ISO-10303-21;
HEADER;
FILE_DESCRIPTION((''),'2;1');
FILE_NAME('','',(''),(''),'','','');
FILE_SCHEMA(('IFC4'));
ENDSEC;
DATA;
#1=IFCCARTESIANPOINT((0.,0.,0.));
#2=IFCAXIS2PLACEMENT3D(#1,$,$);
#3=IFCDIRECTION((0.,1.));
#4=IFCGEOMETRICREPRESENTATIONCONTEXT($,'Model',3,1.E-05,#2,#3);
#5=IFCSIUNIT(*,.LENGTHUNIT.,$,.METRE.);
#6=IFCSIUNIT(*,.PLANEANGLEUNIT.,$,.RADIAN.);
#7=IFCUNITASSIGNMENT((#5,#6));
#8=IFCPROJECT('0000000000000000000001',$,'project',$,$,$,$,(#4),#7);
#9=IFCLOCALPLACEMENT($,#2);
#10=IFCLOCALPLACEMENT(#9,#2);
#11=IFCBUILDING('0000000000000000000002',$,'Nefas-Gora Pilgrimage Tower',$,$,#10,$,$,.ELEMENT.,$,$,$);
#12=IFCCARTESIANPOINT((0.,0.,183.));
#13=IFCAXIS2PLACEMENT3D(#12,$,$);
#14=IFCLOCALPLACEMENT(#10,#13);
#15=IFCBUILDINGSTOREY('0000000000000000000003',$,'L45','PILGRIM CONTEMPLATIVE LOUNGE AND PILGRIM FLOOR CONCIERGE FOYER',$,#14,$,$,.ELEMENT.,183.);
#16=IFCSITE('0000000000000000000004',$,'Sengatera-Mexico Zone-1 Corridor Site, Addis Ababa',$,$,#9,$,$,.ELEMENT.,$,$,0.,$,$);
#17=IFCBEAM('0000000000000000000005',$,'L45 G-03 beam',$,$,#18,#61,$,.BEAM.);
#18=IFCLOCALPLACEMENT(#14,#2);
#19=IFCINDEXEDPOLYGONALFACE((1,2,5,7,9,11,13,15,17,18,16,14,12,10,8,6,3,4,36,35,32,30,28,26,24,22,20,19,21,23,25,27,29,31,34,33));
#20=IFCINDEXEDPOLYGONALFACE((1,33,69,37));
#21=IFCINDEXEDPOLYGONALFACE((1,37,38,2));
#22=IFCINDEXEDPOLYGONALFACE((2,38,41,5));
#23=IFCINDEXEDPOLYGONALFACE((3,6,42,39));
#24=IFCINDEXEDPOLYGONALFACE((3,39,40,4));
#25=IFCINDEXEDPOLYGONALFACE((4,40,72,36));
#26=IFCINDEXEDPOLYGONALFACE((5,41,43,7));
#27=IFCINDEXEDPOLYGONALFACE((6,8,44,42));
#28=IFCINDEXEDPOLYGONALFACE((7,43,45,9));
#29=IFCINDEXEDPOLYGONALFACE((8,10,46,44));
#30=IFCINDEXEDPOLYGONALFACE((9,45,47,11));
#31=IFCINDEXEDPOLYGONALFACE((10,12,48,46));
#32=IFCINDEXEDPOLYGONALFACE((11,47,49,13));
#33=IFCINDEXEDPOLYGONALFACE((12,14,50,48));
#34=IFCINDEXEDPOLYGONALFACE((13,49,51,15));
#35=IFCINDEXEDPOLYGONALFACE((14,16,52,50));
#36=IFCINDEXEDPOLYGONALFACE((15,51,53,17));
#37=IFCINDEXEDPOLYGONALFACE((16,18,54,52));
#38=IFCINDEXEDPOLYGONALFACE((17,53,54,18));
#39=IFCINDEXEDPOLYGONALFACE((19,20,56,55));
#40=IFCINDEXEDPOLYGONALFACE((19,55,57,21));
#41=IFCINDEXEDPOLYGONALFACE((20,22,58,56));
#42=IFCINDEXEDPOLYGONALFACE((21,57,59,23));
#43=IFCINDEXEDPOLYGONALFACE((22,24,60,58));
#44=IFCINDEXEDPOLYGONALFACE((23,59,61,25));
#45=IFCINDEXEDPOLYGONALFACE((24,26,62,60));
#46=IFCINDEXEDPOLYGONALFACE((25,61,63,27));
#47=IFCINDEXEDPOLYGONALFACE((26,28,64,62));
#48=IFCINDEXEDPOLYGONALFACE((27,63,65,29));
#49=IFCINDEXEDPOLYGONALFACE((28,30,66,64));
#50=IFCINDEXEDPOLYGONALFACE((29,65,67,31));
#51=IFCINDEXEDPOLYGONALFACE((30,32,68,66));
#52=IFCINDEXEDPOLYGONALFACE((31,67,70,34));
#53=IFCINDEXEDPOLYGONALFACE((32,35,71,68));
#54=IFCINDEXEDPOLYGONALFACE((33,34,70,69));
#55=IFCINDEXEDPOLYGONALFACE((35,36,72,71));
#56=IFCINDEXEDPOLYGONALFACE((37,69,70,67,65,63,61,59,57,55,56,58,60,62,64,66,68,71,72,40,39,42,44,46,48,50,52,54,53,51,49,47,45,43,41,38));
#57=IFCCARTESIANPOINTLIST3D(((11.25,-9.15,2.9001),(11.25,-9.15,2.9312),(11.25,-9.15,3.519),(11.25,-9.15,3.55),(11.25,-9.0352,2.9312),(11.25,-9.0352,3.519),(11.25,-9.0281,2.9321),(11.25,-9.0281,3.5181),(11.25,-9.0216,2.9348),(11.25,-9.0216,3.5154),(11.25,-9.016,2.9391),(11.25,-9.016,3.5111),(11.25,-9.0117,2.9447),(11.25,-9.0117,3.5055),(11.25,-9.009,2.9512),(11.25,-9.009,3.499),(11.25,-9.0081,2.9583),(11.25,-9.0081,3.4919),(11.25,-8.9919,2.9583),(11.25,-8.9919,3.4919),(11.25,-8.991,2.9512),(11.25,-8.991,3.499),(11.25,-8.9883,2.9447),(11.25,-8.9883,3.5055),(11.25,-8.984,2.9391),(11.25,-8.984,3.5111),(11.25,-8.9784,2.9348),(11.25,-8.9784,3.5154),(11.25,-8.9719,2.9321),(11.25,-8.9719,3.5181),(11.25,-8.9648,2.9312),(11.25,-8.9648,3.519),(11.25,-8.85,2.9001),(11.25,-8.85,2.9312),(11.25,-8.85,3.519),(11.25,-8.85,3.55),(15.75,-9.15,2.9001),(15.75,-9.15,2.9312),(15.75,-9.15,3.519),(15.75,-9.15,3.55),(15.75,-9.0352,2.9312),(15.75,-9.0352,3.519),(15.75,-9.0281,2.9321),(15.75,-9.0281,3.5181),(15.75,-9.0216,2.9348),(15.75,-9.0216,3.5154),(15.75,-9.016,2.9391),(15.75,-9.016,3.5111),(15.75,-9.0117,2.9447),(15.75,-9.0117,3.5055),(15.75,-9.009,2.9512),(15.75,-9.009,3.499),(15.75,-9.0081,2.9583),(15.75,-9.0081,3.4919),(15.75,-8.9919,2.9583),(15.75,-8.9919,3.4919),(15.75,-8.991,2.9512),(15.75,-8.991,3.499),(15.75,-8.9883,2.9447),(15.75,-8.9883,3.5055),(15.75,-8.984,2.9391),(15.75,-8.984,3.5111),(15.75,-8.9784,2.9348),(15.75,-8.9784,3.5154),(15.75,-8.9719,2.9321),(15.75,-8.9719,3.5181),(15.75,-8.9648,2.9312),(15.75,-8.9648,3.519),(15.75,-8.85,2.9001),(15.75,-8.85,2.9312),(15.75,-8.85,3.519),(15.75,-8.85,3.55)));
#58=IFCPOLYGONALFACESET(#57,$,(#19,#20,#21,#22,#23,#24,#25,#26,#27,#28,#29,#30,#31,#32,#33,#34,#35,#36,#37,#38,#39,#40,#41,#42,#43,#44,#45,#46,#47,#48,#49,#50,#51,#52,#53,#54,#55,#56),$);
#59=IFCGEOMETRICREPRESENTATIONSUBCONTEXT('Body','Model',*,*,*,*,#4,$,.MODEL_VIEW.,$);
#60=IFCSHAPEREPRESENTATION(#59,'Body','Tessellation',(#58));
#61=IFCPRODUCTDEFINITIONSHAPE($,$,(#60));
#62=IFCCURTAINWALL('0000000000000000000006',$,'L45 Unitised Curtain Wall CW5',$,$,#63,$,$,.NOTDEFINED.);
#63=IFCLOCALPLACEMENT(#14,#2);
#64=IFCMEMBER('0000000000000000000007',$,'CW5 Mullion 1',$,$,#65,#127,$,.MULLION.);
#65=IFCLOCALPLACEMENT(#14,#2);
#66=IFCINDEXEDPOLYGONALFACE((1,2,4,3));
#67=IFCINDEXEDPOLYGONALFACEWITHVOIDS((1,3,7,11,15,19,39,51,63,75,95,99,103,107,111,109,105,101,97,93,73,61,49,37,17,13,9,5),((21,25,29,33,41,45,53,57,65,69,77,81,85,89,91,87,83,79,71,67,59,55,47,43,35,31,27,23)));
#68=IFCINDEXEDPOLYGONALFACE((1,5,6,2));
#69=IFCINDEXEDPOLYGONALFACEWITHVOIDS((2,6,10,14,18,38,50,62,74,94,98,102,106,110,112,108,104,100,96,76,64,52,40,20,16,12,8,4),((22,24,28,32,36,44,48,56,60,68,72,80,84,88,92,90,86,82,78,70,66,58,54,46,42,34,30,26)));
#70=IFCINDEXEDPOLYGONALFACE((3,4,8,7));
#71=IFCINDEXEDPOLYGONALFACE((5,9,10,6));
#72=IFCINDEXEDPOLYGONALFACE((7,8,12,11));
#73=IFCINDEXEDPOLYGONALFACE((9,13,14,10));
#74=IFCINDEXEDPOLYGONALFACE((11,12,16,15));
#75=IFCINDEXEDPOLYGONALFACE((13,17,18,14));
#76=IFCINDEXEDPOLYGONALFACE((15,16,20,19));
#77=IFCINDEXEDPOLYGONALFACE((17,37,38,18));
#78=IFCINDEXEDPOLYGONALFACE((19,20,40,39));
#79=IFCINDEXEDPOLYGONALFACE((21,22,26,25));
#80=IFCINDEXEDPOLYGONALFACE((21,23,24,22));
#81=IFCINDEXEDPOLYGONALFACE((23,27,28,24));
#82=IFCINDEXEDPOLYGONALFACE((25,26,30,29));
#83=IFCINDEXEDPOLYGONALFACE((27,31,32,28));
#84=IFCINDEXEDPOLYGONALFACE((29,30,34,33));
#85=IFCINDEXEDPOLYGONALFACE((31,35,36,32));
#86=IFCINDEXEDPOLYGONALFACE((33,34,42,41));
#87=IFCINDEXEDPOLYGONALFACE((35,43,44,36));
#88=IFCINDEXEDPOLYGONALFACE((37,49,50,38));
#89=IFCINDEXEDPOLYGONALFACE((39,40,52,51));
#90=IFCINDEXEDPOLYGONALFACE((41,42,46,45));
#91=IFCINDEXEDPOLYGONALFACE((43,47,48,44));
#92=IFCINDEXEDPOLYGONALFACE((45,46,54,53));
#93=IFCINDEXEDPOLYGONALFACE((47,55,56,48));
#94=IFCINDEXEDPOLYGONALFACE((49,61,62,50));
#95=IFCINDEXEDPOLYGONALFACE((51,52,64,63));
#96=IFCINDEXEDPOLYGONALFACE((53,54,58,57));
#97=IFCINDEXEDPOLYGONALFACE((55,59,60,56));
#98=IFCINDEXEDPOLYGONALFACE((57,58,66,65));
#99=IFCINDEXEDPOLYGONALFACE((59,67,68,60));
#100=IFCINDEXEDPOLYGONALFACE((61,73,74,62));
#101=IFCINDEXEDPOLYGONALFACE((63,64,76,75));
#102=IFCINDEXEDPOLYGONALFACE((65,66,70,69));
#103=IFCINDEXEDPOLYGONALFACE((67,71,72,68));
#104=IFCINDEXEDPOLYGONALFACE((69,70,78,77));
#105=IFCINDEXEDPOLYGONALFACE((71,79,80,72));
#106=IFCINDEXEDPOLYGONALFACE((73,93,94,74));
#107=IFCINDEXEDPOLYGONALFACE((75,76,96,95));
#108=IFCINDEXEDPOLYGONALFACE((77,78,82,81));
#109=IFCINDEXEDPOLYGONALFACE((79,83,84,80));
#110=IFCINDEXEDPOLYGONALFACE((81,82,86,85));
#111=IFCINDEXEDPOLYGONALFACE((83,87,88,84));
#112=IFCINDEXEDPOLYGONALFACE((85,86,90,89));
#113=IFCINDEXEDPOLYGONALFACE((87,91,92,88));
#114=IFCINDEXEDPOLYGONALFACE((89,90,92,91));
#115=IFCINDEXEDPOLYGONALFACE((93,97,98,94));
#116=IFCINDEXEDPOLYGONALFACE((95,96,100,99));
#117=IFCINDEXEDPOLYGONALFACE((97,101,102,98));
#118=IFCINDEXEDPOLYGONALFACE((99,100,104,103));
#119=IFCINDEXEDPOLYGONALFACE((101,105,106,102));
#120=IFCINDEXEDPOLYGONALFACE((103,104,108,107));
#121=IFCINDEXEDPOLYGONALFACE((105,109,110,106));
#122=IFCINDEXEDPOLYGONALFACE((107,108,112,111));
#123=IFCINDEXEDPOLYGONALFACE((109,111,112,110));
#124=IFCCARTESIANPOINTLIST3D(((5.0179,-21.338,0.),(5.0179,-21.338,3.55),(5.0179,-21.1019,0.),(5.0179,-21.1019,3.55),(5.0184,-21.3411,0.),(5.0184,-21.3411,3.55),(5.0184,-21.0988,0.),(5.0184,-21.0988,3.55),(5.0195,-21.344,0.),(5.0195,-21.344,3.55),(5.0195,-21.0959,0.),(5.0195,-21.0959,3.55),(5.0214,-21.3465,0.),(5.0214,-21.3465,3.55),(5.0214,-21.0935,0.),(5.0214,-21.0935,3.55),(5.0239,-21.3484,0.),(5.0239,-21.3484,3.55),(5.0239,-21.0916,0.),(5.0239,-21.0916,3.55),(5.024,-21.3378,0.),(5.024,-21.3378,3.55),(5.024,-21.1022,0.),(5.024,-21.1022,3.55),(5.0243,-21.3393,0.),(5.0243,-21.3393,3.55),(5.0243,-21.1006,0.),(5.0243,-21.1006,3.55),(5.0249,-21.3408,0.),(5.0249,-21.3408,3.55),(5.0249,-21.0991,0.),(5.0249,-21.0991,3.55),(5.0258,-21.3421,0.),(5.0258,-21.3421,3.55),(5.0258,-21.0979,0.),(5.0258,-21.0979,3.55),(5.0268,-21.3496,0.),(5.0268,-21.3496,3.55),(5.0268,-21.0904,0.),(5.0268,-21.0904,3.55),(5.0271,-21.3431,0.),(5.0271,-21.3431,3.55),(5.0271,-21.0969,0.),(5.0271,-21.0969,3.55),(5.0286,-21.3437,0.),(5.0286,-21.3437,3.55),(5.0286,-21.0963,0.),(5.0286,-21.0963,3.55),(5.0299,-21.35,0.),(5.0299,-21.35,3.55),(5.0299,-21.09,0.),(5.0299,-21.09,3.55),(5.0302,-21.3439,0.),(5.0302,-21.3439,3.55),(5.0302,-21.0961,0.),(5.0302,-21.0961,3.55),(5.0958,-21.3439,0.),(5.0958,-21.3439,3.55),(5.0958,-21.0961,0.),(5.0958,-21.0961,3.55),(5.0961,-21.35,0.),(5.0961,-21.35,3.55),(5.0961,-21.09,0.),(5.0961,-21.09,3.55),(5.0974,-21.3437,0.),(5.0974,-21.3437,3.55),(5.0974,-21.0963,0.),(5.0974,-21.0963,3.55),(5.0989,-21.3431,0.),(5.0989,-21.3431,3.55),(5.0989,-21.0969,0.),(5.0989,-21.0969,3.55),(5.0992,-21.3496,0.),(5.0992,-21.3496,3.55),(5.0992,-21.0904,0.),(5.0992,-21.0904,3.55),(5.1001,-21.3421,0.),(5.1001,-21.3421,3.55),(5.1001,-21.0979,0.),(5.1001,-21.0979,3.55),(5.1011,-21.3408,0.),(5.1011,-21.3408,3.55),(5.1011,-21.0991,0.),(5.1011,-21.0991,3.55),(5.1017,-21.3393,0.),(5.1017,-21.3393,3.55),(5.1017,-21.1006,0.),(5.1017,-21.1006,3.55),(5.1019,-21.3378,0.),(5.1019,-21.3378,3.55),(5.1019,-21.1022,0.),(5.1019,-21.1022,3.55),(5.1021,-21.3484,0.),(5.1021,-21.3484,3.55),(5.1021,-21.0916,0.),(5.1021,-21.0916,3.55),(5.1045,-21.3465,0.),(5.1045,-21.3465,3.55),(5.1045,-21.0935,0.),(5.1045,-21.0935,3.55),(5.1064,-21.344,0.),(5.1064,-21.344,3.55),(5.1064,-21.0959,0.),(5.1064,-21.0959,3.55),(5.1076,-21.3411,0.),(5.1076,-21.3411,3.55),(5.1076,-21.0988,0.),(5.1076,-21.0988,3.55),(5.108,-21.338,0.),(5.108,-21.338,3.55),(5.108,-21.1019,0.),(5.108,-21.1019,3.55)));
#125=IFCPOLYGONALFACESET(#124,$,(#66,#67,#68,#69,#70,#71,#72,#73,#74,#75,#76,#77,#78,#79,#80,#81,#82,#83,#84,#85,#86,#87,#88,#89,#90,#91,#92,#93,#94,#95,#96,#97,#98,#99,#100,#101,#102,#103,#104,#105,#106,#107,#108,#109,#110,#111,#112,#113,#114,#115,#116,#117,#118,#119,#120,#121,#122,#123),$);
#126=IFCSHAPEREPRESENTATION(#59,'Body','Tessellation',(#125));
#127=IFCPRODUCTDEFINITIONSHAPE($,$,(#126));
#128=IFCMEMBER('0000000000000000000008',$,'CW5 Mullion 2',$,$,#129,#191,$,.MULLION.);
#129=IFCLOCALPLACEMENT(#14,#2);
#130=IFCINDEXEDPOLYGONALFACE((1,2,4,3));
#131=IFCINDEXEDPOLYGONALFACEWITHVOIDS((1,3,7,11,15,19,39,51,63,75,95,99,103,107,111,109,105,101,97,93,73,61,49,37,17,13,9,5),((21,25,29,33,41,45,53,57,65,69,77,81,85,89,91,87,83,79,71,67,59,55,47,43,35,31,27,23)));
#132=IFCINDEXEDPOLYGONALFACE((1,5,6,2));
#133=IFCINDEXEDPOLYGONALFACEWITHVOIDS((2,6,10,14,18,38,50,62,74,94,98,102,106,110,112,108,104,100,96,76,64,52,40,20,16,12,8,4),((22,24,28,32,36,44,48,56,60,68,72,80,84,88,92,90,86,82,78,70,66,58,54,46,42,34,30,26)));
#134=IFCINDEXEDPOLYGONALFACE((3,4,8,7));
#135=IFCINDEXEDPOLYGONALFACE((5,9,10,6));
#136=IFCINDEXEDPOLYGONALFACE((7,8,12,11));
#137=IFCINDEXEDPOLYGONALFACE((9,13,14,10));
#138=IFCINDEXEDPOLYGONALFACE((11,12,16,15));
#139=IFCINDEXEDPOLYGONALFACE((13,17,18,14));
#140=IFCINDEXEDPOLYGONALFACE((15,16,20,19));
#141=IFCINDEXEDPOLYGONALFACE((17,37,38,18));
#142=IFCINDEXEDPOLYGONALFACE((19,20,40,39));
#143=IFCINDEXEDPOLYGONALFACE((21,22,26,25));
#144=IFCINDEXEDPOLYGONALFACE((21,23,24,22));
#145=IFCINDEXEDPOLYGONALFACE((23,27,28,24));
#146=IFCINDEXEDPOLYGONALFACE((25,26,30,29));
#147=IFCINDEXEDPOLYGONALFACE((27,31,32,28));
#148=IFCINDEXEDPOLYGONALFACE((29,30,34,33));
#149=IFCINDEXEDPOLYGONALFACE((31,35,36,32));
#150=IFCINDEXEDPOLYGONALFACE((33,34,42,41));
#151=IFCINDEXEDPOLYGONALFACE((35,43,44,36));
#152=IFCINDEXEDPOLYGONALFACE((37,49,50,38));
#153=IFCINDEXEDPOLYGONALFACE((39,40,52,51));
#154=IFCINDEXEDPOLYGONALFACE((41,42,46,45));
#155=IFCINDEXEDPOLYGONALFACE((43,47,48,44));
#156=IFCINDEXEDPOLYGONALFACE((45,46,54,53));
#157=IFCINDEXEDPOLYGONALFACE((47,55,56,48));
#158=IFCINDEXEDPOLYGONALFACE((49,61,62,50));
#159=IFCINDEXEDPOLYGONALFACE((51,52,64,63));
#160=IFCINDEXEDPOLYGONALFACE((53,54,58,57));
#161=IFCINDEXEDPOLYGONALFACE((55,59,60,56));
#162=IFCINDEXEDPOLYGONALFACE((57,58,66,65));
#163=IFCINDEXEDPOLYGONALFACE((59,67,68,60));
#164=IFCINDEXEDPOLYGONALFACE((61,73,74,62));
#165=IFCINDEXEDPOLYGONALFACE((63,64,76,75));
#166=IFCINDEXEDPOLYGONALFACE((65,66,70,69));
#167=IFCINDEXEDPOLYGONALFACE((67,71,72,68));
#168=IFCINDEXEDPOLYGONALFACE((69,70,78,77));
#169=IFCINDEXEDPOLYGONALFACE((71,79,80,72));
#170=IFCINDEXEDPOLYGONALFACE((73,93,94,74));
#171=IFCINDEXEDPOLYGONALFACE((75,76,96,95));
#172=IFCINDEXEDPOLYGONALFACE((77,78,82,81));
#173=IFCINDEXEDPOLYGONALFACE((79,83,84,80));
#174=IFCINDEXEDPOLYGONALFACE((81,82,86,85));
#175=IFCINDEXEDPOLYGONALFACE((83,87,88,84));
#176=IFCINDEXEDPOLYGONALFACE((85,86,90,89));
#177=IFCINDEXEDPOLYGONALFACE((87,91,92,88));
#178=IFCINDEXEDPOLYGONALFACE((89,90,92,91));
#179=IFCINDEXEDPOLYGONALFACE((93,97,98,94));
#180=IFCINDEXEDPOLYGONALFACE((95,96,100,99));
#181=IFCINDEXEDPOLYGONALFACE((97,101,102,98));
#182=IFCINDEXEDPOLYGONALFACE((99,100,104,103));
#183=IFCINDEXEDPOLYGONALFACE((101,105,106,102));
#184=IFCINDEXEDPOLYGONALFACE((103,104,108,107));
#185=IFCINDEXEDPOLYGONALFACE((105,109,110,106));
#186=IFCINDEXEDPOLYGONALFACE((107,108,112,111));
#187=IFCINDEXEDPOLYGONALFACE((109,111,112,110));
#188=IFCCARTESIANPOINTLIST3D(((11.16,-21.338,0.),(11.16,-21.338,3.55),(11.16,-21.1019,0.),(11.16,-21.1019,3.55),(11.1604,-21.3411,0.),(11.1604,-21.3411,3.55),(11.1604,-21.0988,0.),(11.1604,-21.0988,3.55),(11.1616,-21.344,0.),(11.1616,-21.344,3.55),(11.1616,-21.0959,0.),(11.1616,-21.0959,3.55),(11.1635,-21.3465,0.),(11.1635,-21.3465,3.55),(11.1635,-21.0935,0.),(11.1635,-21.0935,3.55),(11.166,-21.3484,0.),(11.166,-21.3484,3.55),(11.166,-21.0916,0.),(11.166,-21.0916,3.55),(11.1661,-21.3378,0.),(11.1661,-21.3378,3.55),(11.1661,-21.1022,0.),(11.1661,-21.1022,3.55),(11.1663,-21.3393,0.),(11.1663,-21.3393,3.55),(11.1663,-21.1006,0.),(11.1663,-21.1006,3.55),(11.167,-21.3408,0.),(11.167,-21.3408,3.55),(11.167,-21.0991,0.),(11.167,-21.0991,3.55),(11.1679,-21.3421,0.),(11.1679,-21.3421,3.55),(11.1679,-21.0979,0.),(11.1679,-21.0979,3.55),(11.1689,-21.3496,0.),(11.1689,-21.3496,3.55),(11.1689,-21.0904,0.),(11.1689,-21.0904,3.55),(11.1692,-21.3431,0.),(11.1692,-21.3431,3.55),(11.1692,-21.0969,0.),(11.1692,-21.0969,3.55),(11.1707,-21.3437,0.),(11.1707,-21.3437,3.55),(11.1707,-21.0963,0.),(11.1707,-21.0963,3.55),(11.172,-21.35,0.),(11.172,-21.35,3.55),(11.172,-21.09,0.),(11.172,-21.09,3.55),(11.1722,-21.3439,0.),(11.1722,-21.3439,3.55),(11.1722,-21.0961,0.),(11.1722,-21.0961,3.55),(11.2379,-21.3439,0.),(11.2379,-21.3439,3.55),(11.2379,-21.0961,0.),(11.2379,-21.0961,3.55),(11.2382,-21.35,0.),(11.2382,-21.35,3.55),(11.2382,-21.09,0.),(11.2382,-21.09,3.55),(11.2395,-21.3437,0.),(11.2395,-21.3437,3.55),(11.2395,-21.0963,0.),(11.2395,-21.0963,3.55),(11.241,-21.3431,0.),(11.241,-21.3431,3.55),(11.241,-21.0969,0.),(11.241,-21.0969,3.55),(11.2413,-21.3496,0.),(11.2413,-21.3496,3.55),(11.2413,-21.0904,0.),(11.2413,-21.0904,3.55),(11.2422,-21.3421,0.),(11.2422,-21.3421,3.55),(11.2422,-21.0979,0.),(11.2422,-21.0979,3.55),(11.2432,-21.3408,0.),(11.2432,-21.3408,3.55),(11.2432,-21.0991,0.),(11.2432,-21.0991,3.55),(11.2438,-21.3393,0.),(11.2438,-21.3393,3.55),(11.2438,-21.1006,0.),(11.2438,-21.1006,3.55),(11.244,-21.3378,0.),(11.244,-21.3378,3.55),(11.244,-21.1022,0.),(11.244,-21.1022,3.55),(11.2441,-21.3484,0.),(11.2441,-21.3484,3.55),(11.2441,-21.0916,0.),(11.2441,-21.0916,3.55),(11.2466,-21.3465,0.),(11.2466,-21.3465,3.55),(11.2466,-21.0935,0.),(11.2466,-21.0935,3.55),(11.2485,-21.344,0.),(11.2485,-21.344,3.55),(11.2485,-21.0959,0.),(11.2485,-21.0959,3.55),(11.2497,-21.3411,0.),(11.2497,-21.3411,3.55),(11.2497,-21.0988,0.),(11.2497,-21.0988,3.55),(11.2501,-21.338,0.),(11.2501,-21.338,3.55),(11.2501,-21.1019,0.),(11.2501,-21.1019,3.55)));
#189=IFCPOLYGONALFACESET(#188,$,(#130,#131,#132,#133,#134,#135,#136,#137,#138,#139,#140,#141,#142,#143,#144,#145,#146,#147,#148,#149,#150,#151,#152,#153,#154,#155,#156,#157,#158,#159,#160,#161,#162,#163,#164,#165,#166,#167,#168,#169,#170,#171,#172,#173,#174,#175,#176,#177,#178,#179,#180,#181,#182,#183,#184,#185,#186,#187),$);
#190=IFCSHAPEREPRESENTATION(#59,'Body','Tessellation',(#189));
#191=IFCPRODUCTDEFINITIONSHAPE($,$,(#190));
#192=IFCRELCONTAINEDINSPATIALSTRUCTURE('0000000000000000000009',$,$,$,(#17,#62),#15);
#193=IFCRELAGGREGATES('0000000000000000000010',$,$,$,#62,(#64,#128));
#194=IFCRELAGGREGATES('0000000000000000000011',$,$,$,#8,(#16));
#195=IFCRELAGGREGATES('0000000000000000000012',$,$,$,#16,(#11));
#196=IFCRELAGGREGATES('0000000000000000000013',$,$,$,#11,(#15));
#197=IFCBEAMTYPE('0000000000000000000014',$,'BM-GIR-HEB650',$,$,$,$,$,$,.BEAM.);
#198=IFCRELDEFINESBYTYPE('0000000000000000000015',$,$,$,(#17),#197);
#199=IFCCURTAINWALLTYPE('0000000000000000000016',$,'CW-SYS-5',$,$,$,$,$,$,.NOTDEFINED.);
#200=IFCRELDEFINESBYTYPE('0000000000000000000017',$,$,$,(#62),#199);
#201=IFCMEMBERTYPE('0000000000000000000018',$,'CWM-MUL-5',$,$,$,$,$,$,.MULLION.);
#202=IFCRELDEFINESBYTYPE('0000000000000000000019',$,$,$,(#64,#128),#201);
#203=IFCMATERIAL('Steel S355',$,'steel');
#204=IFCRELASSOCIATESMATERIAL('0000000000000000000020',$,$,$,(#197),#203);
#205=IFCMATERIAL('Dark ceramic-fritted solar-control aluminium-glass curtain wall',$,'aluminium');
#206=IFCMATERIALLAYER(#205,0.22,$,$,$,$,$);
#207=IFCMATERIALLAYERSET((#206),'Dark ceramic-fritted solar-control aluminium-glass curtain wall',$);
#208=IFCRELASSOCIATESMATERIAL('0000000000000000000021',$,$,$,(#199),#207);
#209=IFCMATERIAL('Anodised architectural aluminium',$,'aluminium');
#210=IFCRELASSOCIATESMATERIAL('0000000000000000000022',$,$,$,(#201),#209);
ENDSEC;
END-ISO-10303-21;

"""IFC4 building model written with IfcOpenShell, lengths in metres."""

from ifc_helpers import new_model, si_unit, direction, frame, origin, origin_2d, place, context, subcontext, project, spatial, hollow_rectangle, i_section, extrude, source, transform, mapped, material, layer, layer_set, material_profile, profile_set, type_object, element, aggregate, save


model = new_model("IFC4")

# Units and contexts
model_context = context("Model", 3, precision=1e-05, world=origin(), true_north=direction((0.0, 1.0)))
body_context = subcontext(model_context, "Body", "Model", "MODEL_VIEW")
ifc_project = project(units=[si_unit("LENGTHUNIT", "METRE"), si_unit("PLANEANGLEUNIT", "RADIAN")], contexts=[model_context])

# Site, building, storey
site_placement = place(None, origin())
site = spatial("IfcSite", under=ifc_project, at=site_placement, Name="Sengatera-Mexico Zone-1 Corridor Site, Addis Ababa", CompositionType="ELEMENT", RefElevation=0.0)
building_placement = place(site_placement, origin())
building = spatial("IfcBuilding", under=site, at=building_placement, Name="Nefas-Gora Pilgrimage Tower", CompositionType="ELEMENT")
storey_placement = place(building_placement, frame((0.0, 0.0, 183.0)))
storey = spatial("IfcBuildingStorey", under=building, at=storey_placement, Name="L45", Description="PILGRIM CONTEMPLATIVE LOUNGE AND PILGRIM FLOOR CONCIERGE FOYER", CompositionType="ELEMENT", Elevation=183.0)

# Beam
ifc_material_1 = material(Name="Steel S355", Category="steel")
ifc_material_profile_1 = material_profile(ifc_material_1, i_section(OverallWidth=0.3, OverallDepth=0.6499, WebThickness=0.0161, FlangeThickness=0.031, FilletRadius=0.0271, at=origin_2d()), Name="HEB 650")
ifc_profile_set_1 = profile_set([ifc_material_profile_1], Name="Steel S355")
beam_type_1 = type_object("IfcBeamType", Name="BM-GIR-HEB650", PredefinedType="BEAM", material=ifc_profile_set_1)
shared_shape_1 = source(origin(), body_context, "Body", "SweptSolid", [
    extrude(i_section(OverallWidth=0.3, OverallDepth=0.6499, WebThickness=0.0161, FlangeThickness=0.031, FilletRadius=0.0271, at=origin_2d()), origin(), (0.0, 0.0, 1.0), 4.5),
])
for number, where, z_axis, x_axis, name in (
    (1, (11.25, -9.0, 3.2251), (1.0, 0.0, 0.0), (0.0, 1.0, 0.0), "L45 G-03 beam"),
):
    element("IfcBeam", number, at=place(storey_placement, frame(where, z_axis=z_axis, x_axis=x_axis)), inside=storey, type_object=beam_type_1, Name=name, PredefinedType="BEAM", context=body_context, shape_type="MappedRepresentation", body=[
        mapped(shared_shape_1, transform((0.0, 0.0, 0.0), x_axis=(1.0, 0.0, 0.0), y_axis=(0.0, 1.0, 0.0), z_axis=(0.0, 0.0, 1.0), scale=1.0)),
    ])

# Curtain wall, members
ifc_material_2 = material(Name="Dark ceramic-fritted solar-control aluminium-glass curtain wall", Category="aluminium")
ifc_layer_1 = layer(ifc_material_2, 0.22)
ifc_layer_set_1 = layer_set([ifc_layer_1], Name="Dark ceramic-fritted solar-control aluminium-glass curtain wall")
curtain_wall_type = type_object("IfcCurtainWallType", Name="CW-SYS-5", PredefinedType="NOTDEFINED", material=ifc_layer_set_1)
curtain_wall_1_placement = place(storey_placement, origin())
curtain_wall_1 = element("IfcCurtainWall", 2, at=curtain_wall_1_placement, inside=storey, type_object=curtain_wall_type, Name="L45 Unitised Curtain Wall CW5", PredefinedType="NOTDEFINED")
ifc_material_3 = material(Name="Anodised architectural aluminium", Category="aluminium")
ifc_material_profile_2 = material_profile(ifc_material_3, hollow_rectangle(XDim=0.0901, YDim=0.26, WallThickness=0.0061, InnerFilletRadius=0.0061, OuterFilletRadius=0.012, at=origin_2d()), Name="ALU MULLION 90x260")
ifc_profile_set_2 = profile_set([ifc_material_profile_2], Name="Anodised architectural aluminium")
member_type_1 = type_object("IfcMemberType", Name="CWM-MUL-5", PredefinedType="MULLION", material=ifc_profile_set_2)
shared_shape_2 = source(origin(), body_context, "Body", "SweptSolid", [
    extrude(hollow_rectangle(XDim=0.0901, YDim=0.26, WallThickness=0.0061, InnerFilletRadius=0.0061, OuterFilletRadius=0.012, at=origin_2d()), origin(), (0.0, 0.0, 1.0), 3.55),
])
member_1_placement = place(storey_placement, frame((5.063, -21.22, 0.0), z_axis=(0.0, 0.0, 1.0), x_axis=(1.0, 0.0, 0.0)))
member_1 = element("IfcMember", 3, at=member_1_placement, type_object=member_type_1, Name="CW5 Mullion 1", PredefinedType="MULLION", context=body_context, shape_type="MappedRepresentation", body=[
    mapped(shared_shape_2, transform((0.0, 0.0, 0.0), x_axis=(1.0, 0.0, 0.0), y_axis=(0.0, 1.0, 0.0), z_axis=(0.0, 0.0, 1.0), scale=1.0)),
])
member_2_placement = place(storey_placement, frame((11.2051, -21.22, 0.0), z_axis=(0.0, 0.0, 1.0), x_axis=(1.0, 0.0, 0.0)))
member_2 = element("IfcMember", 4, at=member_2_placement, type_object=member_type_1, Name="CW5 Mullion 2", PredefinedType="MULLION", context=body_context, shape_type="MappedRepresentation", body=[
    mapped(shared_shape_2, transform((0.0, 0.0, 0.0), x_axis=(1.0, 0.0, 0.0), y_axis=(0.0, 1.0, 0.0), z_axis=(0.0, 0.0, 1.0), scale=1.0)),
])

aggregate(curtain_wall_1, [member_1, member_2])

save(model, "model.ifc")
